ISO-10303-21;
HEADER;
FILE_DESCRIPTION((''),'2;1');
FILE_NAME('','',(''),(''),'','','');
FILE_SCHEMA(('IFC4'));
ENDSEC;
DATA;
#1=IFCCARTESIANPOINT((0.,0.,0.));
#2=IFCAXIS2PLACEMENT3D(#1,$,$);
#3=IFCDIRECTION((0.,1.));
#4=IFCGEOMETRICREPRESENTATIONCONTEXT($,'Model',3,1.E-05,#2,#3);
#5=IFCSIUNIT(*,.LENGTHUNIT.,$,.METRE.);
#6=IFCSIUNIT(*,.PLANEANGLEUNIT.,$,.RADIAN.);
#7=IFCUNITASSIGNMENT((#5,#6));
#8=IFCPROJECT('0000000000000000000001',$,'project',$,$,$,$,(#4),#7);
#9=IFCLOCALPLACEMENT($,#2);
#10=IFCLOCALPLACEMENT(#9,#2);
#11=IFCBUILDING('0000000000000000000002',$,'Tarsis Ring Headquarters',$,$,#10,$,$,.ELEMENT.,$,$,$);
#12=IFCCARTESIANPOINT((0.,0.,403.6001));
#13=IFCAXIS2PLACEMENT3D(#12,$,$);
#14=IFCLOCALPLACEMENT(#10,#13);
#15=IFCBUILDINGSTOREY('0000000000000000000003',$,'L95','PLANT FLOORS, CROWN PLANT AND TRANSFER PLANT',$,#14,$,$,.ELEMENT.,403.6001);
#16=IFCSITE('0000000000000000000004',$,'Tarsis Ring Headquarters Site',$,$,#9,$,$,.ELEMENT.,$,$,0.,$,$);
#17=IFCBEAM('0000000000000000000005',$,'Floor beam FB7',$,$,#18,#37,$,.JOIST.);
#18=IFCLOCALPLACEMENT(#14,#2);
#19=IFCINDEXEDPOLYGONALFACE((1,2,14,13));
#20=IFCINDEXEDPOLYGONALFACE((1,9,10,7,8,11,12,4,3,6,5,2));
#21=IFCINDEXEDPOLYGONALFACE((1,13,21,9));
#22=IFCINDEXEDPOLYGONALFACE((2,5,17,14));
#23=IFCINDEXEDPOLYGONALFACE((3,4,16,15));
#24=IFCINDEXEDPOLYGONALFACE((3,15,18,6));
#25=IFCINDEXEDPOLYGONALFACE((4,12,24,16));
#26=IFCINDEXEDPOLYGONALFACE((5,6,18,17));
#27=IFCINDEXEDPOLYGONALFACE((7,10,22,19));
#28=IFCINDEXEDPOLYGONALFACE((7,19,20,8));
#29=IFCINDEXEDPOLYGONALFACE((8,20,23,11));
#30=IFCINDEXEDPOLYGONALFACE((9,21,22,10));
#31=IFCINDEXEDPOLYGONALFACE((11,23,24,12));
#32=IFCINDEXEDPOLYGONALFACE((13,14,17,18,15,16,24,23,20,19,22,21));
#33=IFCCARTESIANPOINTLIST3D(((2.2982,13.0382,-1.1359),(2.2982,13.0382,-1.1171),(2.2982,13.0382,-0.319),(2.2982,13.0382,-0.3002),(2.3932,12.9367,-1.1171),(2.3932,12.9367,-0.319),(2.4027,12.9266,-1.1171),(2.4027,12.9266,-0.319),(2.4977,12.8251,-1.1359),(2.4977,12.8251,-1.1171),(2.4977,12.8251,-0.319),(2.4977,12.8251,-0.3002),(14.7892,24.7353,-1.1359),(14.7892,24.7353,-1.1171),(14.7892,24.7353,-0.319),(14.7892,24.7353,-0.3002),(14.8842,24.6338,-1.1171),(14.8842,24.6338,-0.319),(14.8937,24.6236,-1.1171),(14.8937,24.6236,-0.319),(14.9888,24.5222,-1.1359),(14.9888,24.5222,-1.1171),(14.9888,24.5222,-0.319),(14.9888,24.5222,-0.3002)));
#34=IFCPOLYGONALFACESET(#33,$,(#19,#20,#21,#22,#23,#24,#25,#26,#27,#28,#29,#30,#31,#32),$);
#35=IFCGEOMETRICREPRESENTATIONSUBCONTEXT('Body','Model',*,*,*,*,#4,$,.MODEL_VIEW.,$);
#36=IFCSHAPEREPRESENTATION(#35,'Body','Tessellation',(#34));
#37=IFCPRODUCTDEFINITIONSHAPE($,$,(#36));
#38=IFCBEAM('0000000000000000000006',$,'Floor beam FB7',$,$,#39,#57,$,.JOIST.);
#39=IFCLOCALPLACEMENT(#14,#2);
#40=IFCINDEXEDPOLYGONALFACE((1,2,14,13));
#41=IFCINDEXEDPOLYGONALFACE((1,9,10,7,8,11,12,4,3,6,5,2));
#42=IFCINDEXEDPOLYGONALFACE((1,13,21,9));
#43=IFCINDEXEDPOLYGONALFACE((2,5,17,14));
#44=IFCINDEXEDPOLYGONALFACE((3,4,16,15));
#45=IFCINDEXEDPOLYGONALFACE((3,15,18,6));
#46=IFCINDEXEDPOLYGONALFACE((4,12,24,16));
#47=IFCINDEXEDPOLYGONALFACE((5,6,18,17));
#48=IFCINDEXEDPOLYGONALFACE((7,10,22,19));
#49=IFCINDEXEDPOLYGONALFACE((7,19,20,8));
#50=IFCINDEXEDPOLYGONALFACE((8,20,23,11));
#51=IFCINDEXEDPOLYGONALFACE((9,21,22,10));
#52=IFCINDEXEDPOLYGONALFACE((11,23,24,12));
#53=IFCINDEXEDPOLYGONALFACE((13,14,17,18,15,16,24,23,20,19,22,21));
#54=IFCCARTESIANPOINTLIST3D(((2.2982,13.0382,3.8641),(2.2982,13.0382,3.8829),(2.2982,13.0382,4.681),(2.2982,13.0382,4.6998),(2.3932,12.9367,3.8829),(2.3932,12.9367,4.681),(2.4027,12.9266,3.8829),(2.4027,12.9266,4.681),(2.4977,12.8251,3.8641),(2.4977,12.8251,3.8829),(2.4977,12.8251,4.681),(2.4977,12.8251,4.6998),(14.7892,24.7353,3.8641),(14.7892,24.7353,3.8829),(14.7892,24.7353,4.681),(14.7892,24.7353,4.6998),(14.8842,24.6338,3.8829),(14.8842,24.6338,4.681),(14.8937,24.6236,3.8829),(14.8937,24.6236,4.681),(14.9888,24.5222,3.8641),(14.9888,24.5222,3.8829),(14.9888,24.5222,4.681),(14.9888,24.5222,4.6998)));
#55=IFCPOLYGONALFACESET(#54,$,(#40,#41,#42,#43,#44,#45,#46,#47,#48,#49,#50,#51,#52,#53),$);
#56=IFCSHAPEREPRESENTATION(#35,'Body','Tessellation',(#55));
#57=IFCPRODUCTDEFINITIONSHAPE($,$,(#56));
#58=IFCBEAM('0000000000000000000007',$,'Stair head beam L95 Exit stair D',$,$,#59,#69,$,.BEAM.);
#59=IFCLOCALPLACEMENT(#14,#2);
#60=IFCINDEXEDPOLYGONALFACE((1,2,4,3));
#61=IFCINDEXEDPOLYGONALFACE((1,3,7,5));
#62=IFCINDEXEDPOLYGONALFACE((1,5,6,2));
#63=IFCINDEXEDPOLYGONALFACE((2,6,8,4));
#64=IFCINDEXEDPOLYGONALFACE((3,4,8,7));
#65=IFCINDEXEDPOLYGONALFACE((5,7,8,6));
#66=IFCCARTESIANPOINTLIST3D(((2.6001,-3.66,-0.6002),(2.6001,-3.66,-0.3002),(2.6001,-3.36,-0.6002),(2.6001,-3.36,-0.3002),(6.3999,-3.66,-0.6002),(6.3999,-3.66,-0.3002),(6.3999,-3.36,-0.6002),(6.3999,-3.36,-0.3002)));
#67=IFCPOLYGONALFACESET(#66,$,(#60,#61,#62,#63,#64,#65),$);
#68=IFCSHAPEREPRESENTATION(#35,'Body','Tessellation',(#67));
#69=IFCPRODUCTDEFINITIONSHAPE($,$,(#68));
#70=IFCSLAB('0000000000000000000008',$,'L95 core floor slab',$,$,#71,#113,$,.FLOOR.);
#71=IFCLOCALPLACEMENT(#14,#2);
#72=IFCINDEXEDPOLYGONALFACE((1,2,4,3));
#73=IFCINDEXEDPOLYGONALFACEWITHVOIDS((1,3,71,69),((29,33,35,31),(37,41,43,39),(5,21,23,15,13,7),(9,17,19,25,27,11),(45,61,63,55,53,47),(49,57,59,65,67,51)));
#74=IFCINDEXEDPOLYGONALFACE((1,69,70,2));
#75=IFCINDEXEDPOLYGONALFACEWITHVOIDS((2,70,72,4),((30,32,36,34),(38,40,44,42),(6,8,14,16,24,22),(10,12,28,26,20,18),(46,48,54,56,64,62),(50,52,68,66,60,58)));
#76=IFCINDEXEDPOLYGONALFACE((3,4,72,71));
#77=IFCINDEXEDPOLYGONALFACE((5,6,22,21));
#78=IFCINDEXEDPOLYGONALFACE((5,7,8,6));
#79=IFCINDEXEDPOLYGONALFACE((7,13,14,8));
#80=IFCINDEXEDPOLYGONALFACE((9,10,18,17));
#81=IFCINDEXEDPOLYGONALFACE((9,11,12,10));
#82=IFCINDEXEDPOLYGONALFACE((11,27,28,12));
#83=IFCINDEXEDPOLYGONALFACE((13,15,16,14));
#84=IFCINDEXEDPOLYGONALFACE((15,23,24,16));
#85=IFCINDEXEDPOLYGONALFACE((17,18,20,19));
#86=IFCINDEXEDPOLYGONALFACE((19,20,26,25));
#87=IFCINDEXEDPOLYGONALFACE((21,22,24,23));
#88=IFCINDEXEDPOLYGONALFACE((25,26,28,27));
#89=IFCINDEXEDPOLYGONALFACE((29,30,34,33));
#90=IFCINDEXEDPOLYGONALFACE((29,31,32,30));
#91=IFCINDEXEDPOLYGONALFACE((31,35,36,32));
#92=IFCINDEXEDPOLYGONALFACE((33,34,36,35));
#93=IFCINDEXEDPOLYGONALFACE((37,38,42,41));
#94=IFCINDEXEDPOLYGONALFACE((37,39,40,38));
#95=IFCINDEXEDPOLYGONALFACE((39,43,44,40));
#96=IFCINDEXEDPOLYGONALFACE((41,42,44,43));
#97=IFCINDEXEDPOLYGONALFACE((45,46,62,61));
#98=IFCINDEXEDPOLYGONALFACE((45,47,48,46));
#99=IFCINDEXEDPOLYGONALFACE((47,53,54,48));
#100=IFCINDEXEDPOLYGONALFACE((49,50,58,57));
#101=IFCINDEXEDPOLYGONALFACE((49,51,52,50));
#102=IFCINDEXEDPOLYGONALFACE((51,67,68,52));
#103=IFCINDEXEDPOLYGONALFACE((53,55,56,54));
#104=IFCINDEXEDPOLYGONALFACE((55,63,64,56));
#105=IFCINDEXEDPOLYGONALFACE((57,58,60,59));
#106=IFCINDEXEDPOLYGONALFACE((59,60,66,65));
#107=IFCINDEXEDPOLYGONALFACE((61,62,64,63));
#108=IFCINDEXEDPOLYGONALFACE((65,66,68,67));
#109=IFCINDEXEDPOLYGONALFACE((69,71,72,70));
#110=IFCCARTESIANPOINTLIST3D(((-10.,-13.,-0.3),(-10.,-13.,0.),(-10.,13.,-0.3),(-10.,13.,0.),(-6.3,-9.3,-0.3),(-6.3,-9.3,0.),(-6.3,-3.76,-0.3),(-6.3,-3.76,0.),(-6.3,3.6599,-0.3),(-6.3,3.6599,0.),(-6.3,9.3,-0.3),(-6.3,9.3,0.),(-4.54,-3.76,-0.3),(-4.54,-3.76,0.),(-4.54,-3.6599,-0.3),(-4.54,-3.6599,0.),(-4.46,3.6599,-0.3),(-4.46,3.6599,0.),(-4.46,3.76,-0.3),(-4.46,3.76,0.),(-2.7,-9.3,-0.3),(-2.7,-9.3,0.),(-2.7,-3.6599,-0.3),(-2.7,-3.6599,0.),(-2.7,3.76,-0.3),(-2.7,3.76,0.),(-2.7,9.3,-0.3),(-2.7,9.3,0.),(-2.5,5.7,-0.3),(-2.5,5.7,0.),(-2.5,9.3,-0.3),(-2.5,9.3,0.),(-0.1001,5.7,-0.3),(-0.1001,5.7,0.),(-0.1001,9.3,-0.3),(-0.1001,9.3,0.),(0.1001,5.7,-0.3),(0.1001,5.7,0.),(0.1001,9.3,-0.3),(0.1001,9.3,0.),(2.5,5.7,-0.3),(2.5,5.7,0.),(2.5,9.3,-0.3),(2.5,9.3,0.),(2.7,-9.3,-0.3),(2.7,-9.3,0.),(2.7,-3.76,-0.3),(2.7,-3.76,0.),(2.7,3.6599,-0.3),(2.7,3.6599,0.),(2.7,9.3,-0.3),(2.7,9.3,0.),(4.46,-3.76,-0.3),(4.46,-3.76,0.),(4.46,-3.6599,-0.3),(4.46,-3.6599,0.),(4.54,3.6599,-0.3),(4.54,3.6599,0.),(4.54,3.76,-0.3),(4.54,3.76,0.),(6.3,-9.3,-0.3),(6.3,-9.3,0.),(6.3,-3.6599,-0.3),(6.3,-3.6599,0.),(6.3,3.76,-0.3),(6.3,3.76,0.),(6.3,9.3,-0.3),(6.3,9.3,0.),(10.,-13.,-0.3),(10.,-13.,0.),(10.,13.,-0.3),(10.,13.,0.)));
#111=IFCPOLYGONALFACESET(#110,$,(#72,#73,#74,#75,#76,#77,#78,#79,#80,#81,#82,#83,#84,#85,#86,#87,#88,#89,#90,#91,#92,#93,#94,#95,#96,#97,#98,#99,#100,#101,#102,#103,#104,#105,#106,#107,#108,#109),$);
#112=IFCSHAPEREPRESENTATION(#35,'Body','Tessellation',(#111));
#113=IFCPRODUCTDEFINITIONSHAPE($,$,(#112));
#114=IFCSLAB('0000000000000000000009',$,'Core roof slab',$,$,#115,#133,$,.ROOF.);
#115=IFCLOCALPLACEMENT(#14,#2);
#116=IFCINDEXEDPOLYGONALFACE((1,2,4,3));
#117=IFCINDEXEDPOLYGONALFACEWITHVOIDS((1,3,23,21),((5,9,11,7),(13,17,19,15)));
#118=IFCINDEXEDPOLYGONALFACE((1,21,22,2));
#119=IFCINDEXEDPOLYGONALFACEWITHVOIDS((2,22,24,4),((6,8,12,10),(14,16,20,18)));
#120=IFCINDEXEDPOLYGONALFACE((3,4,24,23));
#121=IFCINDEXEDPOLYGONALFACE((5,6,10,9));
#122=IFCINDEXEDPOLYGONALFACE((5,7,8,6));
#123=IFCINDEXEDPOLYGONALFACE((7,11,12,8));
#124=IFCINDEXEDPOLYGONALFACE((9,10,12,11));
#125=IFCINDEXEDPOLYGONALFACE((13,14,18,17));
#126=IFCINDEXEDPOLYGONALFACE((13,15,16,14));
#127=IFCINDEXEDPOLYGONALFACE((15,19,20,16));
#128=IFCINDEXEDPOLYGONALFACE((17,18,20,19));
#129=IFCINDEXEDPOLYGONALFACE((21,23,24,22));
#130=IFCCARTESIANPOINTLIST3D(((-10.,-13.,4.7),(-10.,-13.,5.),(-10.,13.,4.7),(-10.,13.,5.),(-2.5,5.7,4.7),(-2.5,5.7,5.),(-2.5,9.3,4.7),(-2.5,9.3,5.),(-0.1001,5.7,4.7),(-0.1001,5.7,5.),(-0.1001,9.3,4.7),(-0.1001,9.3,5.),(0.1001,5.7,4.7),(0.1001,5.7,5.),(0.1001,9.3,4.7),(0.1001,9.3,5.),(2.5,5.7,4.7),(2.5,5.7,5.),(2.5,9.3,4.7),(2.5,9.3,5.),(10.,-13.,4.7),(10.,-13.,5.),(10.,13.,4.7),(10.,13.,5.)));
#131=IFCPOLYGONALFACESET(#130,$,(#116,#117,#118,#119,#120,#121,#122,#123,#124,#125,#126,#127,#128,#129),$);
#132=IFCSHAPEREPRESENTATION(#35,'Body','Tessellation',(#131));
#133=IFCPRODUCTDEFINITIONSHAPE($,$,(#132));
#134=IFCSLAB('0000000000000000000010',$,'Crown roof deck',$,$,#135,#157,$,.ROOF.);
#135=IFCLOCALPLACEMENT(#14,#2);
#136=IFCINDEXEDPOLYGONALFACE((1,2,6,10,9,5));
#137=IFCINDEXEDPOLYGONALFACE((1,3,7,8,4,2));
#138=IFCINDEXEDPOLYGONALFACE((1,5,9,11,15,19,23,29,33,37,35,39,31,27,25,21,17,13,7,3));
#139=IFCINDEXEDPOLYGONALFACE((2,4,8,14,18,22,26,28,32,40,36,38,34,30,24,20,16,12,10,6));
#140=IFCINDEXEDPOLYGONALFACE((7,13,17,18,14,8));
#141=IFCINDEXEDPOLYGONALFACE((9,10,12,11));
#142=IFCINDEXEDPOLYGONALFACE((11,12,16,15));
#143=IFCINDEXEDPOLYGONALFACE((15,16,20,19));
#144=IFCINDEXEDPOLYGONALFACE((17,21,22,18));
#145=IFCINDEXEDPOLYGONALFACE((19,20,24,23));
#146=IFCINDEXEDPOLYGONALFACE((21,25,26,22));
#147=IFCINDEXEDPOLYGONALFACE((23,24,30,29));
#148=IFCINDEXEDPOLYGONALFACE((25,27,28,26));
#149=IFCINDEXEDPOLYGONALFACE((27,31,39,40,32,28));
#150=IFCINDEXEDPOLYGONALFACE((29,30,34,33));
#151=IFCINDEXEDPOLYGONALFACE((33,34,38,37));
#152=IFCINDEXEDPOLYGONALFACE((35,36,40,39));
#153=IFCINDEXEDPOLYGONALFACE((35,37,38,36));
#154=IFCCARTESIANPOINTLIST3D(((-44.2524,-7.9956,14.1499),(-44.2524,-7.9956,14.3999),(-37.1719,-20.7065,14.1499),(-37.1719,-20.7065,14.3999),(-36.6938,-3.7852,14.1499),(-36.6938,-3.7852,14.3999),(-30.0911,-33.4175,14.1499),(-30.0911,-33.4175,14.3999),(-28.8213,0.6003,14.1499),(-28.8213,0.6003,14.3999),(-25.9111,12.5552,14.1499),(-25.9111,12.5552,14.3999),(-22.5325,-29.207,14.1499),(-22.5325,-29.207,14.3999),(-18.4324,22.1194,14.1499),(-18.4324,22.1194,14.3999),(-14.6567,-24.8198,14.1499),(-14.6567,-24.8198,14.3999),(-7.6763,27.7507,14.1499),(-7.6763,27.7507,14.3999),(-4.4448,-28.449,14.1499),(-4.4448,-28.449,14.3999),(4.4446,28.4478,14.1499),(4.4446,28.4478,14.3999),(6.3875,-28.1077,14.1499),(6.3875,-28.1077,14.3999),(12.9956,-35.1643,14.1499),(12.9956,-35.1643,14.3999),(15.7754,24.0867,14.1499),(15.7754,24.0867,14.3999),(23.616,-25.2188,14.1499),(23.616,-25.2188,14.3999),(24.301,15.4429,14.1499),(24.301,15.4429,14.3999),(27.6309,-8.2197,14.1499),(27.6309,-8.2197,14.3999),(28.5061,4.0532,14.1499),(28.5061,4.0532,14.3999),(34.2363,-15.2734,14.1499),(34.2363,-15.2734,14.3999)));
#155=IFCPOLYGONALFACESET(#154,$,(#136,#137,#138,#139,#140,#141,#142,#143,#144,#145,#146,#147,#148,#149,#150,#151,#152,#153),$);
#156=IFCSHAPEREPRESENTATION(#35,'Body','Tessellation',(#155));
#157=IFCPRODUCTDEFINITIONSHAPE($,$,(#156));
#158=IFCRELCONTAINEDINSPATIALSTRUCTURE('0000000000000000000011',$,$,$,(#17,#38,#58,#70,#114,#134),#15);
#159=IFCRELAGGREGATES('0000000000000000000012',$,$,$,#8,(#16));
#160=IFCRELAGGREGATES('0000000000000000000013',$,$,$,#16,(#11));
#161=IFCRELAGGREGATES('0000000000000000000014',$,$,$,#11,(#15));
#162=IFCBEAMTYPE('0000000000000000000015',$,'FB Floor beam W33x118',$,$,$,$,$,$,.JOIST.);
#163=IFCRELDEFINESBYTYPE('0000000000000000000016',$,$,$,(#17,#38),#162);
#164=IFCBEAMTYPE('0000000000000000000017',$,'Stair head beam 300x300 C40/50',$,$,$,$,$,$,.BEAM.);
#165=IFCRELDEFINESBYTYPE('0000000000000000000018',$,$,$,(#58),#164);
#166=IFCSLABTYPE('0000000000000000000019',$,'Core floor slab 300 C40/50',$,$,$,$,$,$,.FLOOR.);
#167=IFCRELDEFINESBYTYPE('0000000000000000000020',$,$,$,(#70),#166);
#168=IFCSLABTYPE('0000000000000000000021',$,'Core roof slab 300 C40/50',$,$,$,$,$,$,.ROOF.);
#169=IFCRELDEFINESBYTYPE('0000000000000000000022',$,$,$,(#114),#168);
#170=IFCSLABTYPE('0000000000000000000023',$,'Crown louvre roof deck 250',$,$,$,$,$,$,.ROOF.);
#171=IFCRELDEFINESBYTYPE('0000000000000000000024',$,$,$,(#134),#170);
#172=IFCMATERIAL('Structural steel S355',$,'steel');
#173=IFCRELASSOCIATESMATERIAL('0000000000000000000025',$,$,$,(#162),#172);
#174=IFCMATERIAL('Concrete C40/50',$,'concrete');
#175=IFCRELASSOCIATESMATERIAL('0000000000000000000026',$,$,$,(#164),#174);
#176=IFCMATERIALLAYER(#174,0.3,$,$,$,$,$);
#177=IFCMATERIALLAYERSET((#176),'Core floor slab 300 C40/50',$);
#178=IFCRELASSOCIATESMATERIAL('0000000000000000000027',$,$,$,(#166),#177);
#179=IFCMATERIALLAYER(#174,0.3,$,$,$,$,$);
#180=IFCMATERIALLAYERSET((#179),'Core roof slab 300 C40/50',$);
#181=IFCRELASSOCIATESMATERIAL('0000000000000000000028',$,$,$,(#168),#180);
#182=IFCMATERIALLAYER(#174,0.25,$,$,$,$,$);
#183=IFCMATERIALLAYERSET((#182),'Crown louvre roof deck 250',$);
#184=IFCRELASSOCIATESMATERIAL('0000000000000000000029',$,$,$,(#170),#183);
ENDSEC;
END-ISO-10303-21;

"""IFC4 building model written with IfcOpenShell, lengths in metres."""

from ifc_helpers import new_model, si_unit, direction, frame, origin, origin_2d, place, context, subcontext, project, spatial, polyline, rectangle, i_section, outline, extrude, material, layer, layer_set, material_profile, profile_set, type_object, element, save


model = new_model("IFC4")

# Units and contexts
model_context = context("Model", 3, precision=1e-05, world=origin(), true_north=direction((0.0, 1.0)))
body_context = subcontext(model_context, "Body", "Model", "MODEL_VIEW")
ifc_project = project(units=[si_unit("LENGTHUNIT", "METRE"), si_unit("PLANEANGLEUNIT", "RADIAN")], contexts=[model_context])

# Site, building, storey
site_placement = place(None, origin())
site = spatial("IfcSite", under=ifc_project, at=site_placement, Name="Tarsis Ring Headquarters Site", CompositionType="ELEMENT", RefElevation=0.0)
building_placement = place(site_placement, origin())
building = spatial("IfcBuilding", under=site, at=building_placement, Name="Tarsis Ring Headquarters", CompositionType="ELEMENT")
storey_placement = place(building_placement, frame((0.0, 0.0, 403.6001)))
storey = spatial("IfcBuildingStorey", under=building, at=storey_placement, Name="L95", Description="PLANT FLOORS, CROWN PLANT AND TRANSFER PLANT", CompositionType="ELEMENT", Elevation=403.6001)

# Beams
ifc_material_1 = material(Name="Structural steel S355", Category="steel")
ifc_material_profile_1 = material_profile(ifc_material_1, i_section(OverallWidth=0.292, OverallDepth=0.8357, WebThickness=0.0139, FlangeThickness=0.0188, at=origin_2d()), Name="W33x118")
ifc_profile_set_1 = profile_set([ifc_material_profile_1], Name="Structural steel S355")
beam_type_1 = type_object("IfcBeamType", Name="FB Floor beam W33x118", PredefinedType="JOIST", material=ifc_profile_set_1)
for number, where, z_axis, x_axis, name in (
    (1, (2.3979, 12.9316, -0.718), (0.729924, 0.683529, 0.0), (-0.683529, 0.729924, 0.0), "Floor beam FB7"),
    (2, (2.3979, 12.9316, 4.282), (0.729924, 0.683529, 0.0), (-0.683529, 0.729924, 0.0), "Floor beam FB7"),
):
    element("IfcBeam", number, at=place(storey_placement, frame(where, z_axis=z_axis, x_axis=x_axis)), inside=storey, type_object=beam_type_1, Name=name, PredefinedType="JOIST", context=body_context, shape_type="SweptSolid", body=[
        extrude(i_section(OverallWidth=0.292, OverallDepth=0.8357, WebThickness=0.0139, FlangeThickness=0.0188, at=origin_2d()), origin(), (0.0, 0.0, 1.0), 17.1128),
    ])
ifc_material_2 = material(Name="Concrete C40/50", Category="concrete")
ifc_material_profile_2 = material_profile(ifc_material_2, rectangle(XDim=0.3, YDim=0.3, at=origin_2d()), Name="Stair head beam 300x300 C40/50")
ifc_profile_set_2 = profile_set([ifc_material_profile_2], Name="Concrete C40/50")
beam_type_2 = type_object("IfcBeamType", Name="Stair head beam 300x300 C40/50", PredefinedType="BEAM", material=ifc_profile_set_2)
beam_placement = place(storey_placement, frame((2.6001, -3.51, -0.4502), z_axis=(1.0, 0.0, 0.0), x_axis=(0.0, 1.0, 0.0)))
element("IfcBeam", 3, at=beam_placement, inside=storey, type_object=beam_type_2, Name="Stair head beam L95 Exit stair D", PredefinedType="BEAM", context=body_context, shape_type="SweptSolid", body=[
    extrude(rectangle(XDim=0.3, YDim=0.3, at=origin_2d()), origin(), (0.0, 0.0, 1.0), 3.7998),
])

# Slabs
ifc_layer_1 = layer(ifc_material_2, 0.3)
ifc_layer_set_1 = layer_set([ifc_layer_1], Name="Core floor slab 300 C40/50")
slab_type_1 = type_object("IfcSlabType", Name="Core floor slab 300 C40/50", PredefinedType="FLOOR", material=ifc_layer_set_1)
slab_1_placement = place(storey_placement, frame((0.0, 0.0, -0.3)))
element("IfcSlab", 4, at=slab_1_placement, inside=storey, type_object=slab_type_1, Name="L95 core floor slab", PredefinedType="FLOOR", context=body_context, shape_type="SweptSolid", body=[
    extrude(outline(polyline([(-10.0, -13.0), (10.0, -13.0), (10.0, 13.0), (-10.0, 13.0), (-10.0, -13.0)]), holes=[polyline([(-2.5, 5.7), (-0.1001, 5.7), (-0.1001, 9.3), (-2.5, 9.3), (-2.5, 5.7)]), polyline([(0.1001, 5.7), (2.5, 5.7), (2.5, 9.3), (0.1001, 9.3), (0.1001, 5.7)]), polyline([(-2.7, 3.76), (-2.7, 9.3), (-6.3, 9.3), (-6.3, 3.6599), (-4.46, 3.6599), (-4.46, 3.76), (-2.7, 3.76)]), polyline([(6.3, 3.76), (6.3, 9.3), (2.7, 9.3), (2.7, 3.6599), (4.54, 3.6599), (4.54, 3.76), (6.3, 3.76)]), polyline([(-6.3, -3.76), (-6.3, -9.3), (-2.7, -9.3), (-2.7, -3.6599), (-4.54, -3.6599), (-4.54, -3.76), (-6.3, -3.76)]), polyline([(2.7, -3.76), (2.7, -9.3), (6.3, -9.3), (6.3, -3.6599), (4.46, -3.6599), (4.46, -3.76), (2.7, -3.76)])]), origin(), (0.0, 0.0, 1.0), 0.3),
])
ifc_layer_2 = layer(ifc_material_2, 0.3)
ifc_layer_set_2 = layer_set([ifc_layer_2], Name="Core roof slab 300 C40/50")
slab_type_2 = type_object("IfcSlabType", Name="Core roof slab 300 C40/50", PredefinedType="ROOF", material=ifc_layer_set_2)
slab_2_placement = place(storey_placement, frame((0.0, 0.0, 4.7)))
element("IfcSlab", 5, at=slab_2_placement, inside=storey, type_object=slab_type_2, Name="Core roof slab", PredefinedType="ROOF", context=body_context, shape_type="SweptSolid", body=[
    extrude(outline(polyline([(-10.0, -13.0), (10.0, -13.0), (10.0, 13.0), (-10.0, 13.0), (-10.0, -13.0)]), holes=[polyline([(-2.5, 5.7), (-0.1001, 5.7), (-0.1001, 9.3), (-2.5, 9.3), (-2.5, 5.7)]), polyline([(0.1001, 5.7), (2.5, 5.7), (2.5, 9.3), (0.1001, 9.3), (0.1001, 5.7)])]), origin(), (0.0, 0.0, 1.0), 0.3),
])
ifc_layer_3 = layer(ifc_material_2, 0.25)
ifc_layer_set_3 = layer_set([ifc_layer_3], Name="Crown louvre roof deck 250")
slab_type_3 = type_object("IfcSlabType", Name="Crown louvre roof deck 250", PredefinedType="ROOF", material=ifc_layer_set_3)
slab_3_placement = place(storey_placement, frame((0.0, 0.0, 14.1499)))
element("IfcSlab", 6, at=slab_3_placement, inside=storey, type_object=slab_type_3, Name="Crown roof deck", PredefinedType="ROOF", context=body_context, shape_type="SweptSolid", body=[
    extrude(outline(polyline([(-4.4448, -28.449), (-14.6567, -24.8198), (-22.5325, -29.207), (-30.0911, -33.4175), (-37.1719, -20.7065), (-44.2524, -7.9956), (-36.6938, -3.7852), (-28.8213, 0.6003), (-25.9111, 12.5552), (-18.4324, 22.1194), (-7.6763, 27.7507), (4.4446, 28.4478), (15.7754, 24.0867), (24.301, 15.4429), (28.5061, 4.0532), (27.6309, -8.2197), (34.2363, -15.2734), (23.616, -25.2188), (12.9956, -35.1643), (6.3875, -28.1077), (-4.4448, -28.449)])), origin(), (0.0, 0.0, 1.0), 0.25),
])

save(model, "model.ifc")
